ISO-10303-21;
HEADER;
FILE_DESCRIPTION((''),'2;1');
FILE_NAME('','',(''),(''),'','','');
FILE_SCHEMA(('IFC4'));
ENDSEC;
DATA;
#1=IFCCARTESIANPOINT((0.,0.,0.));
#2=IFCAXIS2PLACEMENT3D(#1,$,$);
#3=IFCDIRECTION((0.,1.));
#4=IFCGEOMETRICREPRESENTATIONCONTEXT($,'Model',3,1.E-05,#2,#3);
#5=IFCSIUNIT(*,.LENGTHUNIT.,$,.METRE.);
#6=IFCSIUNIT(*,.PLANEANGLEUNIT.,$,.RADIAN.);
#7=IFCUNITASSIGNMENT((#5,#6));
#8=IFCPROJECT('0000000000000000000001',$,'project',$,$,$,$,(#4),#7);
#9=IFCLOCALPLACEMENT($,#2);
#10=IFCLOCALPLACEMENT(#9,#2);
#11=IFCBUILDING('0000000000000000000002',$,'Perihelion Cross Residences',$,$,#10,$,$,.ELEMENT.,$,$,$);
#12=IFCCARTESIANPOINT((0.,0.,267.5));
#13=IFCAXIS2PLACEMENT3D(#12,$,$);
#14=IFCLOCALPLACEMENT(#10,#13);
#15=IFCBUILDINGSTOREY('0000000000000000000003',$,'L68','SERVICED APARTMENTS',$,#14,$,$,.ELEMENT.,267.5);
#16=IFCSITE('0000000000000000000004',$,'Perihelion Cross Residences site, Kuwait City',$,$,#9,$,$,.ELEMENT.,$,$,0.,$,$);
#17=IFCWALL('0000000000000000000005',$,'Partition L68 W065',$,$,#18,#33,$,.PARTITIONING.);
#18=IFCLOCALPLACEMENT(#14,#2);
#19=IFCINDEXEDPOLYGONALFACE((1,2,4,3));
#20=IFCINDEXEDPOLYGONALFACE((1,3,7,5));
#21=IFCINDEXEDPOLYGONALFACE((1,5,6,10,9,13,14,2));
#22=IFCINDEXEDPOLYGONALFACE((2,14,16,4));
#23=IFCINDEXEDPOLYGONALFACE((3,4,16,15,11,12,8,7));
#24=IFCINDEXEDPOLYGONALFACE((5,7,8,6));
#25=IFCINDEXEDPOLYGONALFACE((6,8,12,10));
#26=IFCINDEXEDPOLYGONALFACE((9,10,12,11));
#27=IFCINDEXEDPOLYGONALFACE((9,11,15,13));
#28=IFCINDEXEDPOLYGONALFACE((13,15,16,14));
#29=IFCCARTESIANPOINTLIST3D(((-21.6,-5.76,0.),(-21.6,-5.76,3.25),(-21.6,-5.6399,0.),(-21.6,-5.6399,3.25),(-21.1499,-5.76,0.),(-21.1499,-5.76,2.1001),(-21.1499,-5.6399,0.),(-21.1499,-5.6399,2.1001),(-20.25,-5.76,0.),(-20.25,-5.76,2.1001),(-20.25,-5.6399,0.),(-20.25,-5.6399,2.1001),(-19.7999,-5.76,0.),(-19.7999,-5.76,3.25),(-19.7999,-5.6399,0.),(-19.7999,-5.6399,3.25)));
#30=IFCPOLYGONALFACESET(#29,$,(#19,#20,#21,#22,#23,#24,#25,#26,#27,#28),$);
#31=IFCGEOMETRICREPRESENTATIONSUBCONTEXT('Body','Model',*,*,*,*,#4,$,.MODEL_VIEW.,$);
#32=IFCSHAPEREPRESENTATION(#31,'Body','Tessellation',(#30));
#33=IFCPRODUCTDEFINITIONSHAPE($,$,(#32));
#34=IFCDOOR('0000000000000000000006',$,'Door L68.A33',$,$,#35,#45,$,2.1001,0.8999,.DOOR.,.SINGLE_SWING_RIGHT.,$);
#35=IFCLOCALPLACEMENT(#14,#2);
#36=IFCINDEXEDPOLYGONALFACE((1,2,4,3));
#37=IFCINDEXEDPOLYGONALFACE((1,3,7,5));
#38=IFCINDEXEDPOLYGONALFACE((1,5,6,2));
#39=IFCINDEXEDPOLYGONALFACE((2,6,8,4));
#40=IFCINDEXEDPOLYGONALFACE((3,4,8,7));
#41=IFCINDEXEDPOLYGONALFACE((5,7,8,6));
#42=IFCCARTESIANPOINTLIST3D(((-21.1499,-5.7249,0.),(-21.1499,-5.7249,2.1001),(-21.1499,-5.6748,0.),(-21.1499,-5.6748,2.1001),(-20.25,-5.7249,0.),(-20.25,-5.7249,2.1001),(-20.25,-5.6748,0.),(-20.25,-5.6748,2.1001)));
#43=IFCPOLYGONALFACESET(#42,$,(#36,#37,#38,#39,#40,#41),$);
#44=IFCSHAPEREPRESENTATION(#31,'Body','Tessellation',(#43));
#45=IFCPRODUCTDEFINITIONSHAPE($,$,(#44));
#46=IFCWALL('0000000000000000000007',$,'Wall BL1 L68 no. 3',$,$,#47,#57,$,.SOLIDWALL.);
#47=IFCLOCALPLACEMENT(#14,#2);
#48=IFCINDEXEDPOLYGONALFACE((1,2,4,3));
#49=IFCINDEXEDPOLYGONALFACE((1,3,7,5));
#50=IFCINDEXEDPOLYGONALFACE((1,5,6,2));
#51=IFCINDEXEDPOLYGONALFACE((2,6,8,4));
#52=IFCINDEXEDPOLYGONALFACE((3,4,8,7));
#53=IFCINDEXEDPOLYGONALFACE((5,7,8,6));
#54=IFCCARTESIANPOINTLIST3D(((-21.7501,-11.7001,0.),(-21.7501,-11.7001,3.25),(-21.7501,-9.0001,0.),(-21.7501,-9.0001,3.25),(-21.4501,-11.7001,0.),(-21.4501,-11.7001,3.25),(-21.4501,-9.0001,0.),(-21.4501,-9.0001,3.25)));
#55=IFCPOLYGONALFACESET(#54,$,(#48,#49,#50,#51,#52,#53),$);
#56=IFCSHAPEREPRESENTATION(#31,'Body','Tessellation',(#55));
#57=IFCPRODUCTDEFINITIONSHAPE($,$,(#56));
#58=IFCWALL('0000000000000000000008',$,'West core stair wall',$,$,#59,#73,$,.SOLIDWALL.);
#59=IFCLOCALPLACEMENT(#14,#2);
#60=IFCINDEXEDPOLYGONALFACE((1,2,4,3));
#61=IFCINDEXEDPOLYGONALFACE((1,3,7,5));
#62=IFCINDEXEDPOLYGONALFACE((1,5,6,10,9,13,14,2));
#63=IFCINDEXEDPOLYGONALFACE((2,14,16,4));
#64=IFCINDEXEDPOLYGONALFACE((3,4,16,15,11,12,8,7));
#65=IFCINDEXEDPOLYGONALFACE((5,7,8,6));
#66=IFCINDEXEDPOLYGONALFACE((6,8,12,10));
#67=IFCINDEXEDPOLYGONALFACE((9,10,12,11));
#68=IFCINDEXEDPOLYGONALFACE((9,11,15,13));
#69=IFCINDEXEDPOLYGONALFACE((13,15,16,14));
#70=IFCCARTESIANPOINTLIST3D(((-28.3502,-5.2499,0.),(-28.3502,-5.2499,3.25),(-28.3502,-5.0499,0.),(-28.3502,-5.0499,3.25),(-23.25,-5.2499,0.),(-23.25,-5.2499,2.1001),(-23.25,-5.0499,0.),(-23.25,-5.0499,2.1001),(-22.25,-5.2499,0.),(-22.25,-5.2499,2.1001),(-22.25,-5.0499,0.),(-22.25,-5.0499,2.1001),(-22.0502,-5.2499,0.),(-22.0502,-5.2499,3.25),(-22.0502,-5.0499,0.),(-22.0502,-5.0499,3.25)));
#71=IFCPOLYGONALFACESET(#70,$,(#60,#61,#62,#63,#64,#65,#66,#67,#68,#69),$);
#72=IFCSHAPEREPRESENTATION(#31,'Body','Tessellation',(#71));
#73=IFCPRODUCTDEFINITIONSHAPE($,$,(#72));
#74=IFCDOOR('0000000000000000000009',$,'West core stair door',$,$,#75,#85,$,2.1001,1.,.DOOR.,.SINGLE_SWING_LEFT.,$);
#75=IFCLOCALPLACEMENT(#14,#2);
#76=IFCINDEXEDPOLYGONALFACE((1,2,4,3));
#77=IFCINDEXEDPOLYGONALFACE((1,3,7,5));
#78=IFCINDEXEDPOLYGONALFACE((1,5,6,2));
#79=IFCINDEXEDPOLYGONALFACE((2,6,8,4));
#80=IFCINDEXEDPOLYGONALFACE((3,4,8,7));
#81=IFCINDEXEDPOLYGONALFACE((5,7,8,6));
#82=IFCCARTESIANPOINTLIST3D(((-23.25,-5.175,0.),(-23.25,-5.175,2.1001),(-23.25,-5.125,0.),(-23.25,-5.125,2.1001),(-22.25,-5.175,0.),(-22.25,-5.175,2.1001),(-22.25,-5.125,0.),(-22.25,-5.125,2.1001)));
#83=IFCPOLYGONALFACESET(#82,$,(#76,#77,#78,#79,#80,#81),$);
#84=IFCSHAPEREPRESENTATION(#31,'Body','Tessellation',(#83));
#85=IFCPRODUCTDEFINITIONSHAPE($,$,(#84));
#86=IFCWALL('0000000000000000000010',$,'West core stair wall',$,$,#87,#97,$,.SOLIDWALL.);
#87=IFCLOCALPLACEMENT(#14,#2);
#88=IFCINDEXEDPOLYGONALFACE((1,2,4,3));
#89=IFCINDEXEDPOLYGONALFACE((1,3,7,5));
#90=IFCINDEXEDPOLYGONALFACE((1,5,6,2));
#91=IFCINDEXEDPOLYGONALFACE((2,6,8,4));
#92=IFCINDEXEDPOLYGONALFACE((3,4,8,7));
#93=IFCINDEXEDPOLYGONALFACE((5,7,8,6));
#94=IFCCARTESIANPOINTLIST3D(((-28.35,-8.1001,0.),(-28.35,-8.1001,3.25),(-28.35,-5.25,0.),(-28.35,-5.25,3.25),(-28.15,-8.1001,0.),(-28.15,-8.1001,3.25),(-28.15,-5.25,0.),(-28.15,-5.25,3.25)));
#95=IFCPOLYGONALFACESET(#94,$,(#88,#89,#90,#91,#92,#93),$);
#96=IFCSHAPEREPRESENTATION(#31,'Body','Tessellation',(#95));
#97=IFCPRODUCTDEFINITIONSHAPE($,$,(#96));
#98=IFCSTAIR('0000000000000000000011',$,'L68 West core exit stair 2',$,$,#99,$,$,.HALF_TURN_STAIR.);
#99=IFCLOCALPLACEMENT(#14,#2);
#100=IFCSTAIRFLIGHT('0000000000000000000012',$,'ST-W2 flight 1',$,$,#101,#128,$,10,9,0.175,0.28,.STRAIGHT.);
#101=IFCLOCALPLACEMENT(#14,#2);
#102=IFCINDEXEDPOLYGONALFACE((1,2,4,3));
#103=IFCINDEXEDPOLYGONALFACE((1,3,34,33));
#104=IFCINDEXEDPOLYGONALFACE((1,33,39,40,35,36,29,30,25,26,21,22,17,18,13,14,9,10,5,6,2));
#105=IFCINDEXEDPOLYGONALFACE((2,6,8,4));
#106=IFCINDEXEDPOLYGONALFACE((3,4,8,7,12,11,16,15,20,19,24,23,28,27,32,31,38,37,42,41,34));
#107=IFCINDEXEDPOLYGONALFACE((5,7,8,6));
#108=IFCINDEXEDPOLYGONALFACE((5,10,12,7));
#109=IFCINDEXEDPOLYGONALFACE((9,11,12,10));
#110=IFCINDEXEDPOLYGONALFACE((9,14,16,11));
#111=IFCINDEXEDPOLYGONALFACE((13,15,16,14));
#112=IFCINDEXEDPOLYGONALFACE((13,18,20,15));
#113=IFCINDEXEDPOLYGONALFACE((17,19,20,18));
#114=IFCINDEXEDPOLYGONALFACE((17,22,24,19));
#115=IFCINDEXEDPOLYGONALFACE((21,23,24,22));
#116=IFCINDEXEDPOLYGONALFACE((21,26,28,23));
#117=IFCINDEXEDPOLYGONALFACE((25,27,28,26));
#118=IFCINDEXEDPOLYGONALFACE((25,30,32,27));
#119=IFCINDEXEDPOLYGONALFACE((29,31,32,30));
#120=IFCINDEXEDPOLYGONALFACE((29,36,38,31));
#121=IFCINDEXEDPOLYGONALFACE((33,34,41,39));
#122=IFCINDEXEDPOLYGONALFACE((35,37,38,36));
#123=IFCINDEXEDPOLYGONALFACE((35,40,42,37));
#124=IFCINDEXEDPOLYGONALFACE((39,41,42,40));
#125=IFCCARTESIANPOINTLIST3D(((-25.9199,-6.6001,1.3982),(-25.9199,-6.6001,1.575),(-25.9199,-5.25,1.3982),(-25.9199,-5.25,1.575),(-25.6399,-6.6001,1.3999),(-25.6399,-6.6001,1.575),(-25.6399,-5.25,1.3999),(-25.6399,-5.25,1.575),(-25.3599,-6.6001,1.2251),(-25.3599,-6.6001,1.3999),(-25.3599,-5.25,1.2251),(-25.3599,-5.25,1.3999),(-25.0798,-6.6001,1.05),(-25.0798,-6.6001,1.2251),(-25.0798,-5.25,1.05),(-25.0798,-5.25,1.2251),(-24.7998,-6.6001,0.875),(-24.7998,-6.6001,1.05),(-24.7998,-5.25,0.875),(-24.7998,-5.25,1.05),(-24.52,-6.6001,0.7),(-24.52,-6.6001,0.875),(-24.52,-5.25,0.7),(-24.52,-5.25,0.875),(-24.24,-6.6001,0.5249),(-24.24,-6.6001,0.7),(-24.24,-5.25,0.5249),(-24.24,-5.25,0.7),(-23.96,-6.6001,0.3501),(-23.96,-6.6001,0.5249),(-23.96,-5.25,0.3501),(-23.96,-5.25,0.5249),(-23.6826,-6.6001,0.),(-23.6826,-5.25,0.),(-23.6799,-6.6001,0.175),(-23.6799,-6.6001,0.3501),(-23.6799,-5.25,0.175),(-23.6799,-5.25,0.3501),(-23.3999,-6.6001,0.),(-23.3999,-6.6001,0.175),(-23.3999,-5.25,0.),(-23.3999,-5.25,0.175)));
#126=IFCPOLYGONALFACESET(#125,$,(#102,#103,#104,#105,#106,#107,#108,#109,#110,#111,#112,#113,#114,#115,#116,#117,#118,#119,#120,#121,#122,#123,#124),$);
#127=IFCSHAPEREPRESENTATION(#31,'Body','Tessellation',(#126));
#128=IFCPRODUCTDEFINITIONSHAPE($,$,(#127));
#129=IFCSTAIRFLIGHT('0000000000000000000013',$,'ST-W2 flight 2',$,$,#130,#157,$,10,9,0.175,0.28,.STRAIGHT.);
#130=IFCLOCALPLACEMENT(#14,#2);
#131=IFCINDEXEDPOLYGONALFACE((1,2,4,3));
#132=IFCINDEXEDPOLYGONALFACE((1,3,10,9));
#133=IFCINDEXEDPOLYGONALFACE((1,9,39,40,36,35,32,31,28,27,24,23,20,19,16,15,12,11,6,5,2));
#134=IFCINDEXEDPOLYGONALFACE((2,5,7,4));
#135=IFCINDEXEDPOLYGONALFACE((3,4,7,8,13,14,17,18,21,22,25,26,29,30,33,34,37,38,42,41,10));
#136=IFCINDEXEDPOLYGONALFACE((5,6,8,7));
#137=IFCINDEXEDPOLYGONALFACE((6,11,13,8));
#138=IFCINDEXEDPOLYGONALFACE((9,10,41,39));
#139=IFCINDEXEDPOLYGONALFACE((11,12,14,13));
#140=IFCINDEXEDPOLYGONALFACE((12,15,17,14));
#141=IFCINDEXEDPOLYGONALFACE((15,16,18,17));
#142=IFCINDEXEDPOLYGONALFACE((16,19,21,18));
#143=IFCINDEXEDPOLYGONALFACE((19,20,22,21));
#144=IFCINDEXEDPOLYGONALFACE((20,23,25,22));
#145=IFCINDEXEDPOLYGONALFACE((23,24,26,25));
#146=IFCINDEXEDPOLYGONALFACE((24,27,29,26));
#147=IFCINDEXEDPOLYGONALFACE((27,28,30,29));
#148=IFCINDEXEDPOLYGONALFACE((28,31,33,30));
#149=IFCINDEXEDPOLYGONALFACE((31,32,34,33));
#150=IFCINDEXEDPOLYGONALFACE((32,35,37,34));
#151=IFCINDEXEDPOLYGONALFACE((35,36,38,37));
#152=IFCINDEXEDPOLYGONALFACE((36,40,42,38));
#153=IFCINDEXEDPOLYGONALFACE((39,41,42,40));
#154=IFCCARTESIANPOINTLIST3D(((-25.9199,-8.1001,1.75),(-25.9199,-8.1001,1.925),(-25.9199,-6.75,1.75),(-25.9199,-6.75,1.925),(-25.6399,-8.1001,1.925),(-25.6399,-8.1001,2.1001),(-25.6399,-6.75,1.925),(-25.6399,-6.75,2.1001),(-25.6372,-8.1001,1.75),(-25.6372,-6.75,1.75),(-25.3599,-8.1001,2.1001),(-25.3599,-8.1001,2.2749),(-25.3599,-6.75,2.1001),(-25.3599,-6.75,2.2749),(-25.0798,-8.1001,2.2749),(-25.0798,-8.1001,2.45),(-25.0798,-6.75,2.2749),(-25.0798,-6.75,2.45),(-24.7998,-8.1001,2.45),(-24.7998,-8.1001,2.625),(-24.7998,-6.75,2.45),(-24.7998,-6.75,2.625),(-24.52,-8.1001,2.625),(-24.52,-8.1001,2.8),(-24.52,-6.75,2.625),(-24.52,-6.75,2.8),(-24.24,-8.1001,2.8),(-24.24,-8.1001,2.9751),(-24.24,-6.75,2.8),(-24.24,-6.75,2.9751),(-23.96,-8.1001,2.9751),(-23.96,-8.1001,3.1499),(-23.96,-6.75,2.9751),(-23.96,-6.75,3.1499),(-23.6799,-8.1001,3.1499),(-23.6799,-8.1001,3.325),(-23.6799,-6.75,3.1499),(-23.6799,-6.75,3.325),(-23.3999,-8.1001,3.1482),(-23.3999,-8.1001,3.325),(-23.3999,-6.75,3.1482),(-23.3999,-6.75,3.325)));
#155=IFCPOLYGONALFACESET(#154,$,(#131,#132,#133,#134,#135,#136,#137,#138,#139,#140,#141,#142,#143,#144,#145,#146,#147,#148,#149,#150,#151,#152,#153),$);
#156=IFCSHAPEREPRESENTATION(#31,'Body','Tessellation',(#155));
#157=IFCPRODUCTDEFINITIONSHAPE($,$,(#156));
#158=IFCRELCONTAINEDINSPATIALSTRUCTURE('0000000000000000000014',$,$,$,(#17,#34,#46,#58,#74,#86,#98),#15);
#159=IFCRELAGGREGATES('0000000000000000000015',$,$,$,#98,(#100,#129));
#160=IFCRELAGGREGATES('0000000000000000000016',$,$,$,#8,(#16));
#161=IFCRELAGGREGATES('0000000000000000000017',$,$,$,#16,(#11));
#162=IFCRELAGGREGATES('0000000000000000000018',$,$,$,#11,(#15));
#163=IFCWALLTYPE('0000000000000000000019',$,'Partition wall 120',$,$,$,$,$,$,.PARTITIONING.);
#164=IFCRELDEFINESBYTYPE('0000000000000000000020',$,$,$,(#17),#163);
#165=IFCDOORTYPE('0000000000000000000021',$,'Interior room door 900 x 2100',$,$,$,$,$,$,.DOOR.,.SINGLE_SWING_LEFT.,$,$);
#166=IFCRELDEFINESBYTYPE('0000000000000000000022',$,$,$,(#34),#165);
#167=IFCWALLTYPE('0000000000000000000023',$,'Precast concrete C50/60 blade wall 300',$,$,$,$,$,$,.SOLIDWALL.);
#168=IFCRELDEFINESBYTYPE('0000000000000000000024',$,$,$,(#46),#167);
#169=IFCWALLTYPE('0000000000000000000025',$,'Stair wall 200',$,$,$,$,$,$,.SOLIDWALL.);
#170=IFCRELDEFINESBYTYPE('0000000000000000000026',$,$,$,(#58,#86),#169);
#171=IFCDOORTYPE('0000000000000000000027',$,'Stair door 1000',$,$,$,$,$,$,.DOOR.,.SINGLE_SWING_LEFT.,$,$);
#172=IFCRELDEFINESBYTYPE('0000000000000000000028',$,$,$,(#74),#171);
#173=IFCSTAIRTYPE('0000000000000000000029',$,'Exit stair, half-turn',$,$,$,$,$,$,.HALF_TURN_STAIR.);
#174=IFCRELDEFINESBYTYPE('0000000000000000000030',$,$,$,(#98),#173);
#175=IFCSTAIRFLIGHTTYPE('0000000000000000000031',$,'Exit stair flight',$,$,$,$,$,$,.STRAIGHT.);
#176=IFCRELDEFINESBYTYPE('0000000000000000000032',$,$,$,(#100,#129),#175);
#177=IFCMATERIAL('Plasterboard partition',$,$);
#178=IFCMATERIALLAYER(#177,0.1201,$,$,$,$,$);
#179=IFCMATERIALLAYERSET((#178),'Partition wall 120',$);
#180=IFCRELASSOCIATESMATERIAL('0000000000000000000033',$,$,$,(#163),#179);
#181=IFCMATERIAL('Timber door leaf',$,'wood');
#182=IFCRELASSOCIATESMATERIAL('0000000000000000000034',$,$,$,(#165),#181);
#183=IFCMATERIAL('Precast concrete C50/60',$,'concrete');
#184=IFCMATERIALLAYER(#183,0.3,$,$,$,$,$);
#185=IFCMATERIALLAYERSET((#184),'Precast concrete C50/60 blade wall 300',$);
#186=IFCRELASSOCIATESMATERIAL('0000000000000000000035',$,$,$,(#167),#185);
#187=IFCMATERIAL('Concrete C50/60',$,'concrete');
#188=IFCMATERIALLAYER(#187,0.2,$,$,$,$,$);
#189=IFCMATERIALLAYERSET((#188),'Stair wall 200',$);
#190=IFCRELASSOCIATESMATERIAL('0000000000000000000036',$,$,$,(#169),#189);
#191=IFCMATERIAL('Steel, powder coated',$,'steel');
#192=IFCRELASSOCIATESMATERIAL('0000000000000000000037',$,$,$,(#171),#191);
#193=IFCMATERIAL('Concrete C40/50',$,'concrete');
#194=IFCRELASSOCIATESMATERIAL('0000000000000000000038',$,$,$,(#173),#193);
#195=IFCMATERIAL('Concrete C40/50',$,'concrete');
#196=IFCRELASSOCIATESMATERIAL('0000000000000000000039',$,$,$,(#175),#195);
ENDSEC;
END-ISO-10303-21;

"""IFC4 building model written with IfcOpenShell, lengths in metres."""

from ifc_helpers import new_model, si_unit, direction, frame, frame_2d, origin, place, context, subcontext, project, spatial, polyline, rectangle, outline, extrude, material, layer, layer_set, type_object, element, fill, aggregate, save


model = new_model("IFC4")

# Units and contexts
model_context = context("Model", 3, precision=1e-05, world=origin(), true_north=direction((0.0, 1.0)))
body_context = subcontext(model_context, "Body", "Model", "MODEL_VIEW")
ifc_project = project(units=[si_unit("LENGTHUNIT", "METRE"), si_unit("PLANEANGLEUNIT", "RADIAN")], contexts=[model_context])

# Site, building, storey
site_placement = place(None, origin())
site = spatial("IfcSite", under=ifc_project, at=site_placement, Name="Perihelion Cross Residences site, Kuwait City", CompositionType="ELEMENT", RefElevation=0.0)
building_placement = place(site_placement, origin())
building = spatial("IfcBuilding", under=site, at=building_placement, Name="Perihelion Cross Residences", CompositionType="ELEMENT")
storey_placement = place(building_placement, frame((0.0, 0.0, 267.5)))
storey = spatial("IfcBuildingStorey", under=building, at=storey_placement, Name="L68", Description="SERVICED APARTMENTS", CompositionType="ELEMENT", Elevation=267.5)

# Wall, opening, door
ifc_material_1 = material(Name="Plasterboard partition")
ifc_layer_1 = layer(ifc_material_1, 0.1201)
ifc_layer_set_1 = layer_set([ifc_layer_1], Name="Partition wall 120")
wall_type_1 = type_object("IfcWallType", Name="Partition wall 120", PredefinedType="PARTITIONING", material=ifc_layer_set_1)
wall_1_placement = place(storey_placement, frame((-19.8, -5.7, 0.0), z_axis=(0.0, 0.0, 1.0), x_axis=(-1.0, 0.0, 0.0)))
wall_1 = element("IfcWall", 1, at=wall_1_placement, inside=storey, type_object=wall_type_1, Name="Partition L68 W065", PredefinedType="PARTITIONING", context=body_context, shape_type="SweptSolid", body=[
    extrude(rectangle(XDim=1.8, YDim=0.1201, at=frame_2d((0.8999, 0.0))), origin(), (0.0, 0.0, 1.0), 3.25),
])
opening_1_placement = place(wall_1_placement, frame((0.45, 0.0, 0.0)))
opening_1 = element("IfcOpeningElement", 2, at=opening_1_placement, cuts=wall_1, PredefinedType="OPENING", context=body_context, shape_type="SweptSolid", body=[
    extrude(rectangle(XDim=0.8999, YDim=2.1001, at=frame_2d((0.45, 1.05))), frame((0.0, 0.0701, 0.0), z_axis=(0.0, -1.0, 0.0), x_axis=(1.0, 0.0, 0.0)), (0.0, 0.0, 1.0), 0.1401),
])
ifc_material_2 = material(Name="Timber door leaf", Category="wood")
door_type_1 = type_object("IfcDoorType", Name="Interior room door 900 x 2100", OperationType="SINGLE_SWING_LEFT", PredefinedType="DOOR", material=ifc_material_2)
door_1_placement = place(opening_1_placement, origin())
door_1 = element("IfcDoor", 3, at=door_1_placement, inside=storey, type_object=door_type_1, Name="Door L68.A33", OperationType="SINGLE_SWING_RIGHT", OverallHeight=2.1001, OverallWidth=0.8999, PredefinedType="DOOR", context=body_context, shape_type="SweptSolid", body=[
    extrude(rectangle(XDim=0.8999, YDim=2.1001, at=frame_2d((0.45, 1.05))), frame((0.0, 0.0249, 0.0), z_axis=(0.0, -1.0, 0.0), x_axis=(1.0, 0.0, 0.0)), (0.0, 0.0, 1.0), 0.05),
])
fill(opening_1, door_1)

# Wall
ifc_material_3 = material(Name="Precast concrete C50/60", Category="concrete")
ifc_layer_2 = layer(ifc_material_3, 0.3)
ifc_layer_set_2 = layer_set([ifc_layer_2], Name="Precast concrete C50/60 blade wall 300")
wall_type_2 = type_object("IfcWallType", Name="Precast concrete C50/60 blade wall 300", PredefinedType="SOLIDWALL", material=ifc_layer_set_2)
wall_2_placement = place(storey_placement, frame((-21.6001, -9.0, 0.0), z_axis=(0.0, 0.0, 1.0), x_axis=(0.0, -1.0, 0.0)))
element("IfcWall", 4, at=wall_2_placement, inside=storey, type_object=wall_type_2, Name="Wall BL1 L68 no. 3", PredefinedType="SOLIDWALL", context=body_context, shape_type="SweptSolid", body=[
    extrude(rectangle(XDim=2.7, YDim=0.3, at=frame_2d((1.3501, 0.0))), origin(), (0.0, 0.0, 1.0), 3.25),
])

# Wall, opening, door
ifc_material_4 = material(Name="Concrete C50/60", Category="concrete")
ifc_layer_3 = layer(ifc_material_4, 0.2)
ifc_layer_set_3 = layer_set([ifc_layer_3], Name="Stair wall 200")
wall_type_3 = type_object("IfcWallType", Name="Stair wall 200", PredefinedType="SOLIDWALL", material=ifc_layer_set_3)
wall_3_placement = place(storey_placement, frame((-28.3501, -5.1499, 0.0), z_axis=(0.0, 0.0, 1.0), x_axis=(1.0, 0.0, 0.0)))
wall_3 = element("IfcWall", 5, at=wall_3_placement, inside=storey, type_object=wall_type_3, Name="West core stair wall", PredefinedType="SOLIDWALL", context=body_context, shape_type="SweptSolid", body=[
    extrude(rectangle(XDim=6.3, YDim=0.2, at=frame_2d((3.1499, 0.0))), origin(), (0.0, 0.0, 1.0), 3.25),
])
opening_2_placement = place(wall_3_placement, frame((5.1001, 0.0, 0.0)))
opening_2 = element("IfcOpeningElement", 6, at=opening_2_placement, cuts=wall_3, PredefinedType="OPENING", context=body_context, shape_type="SweptSolid", body=[
    extrude(rectangle(XDim=1.0, YDim=2.1001, at=frame_2d((0.5, 1.05))), frame((0.0, 0.1099, 0.0), z_axis=(0.0, -1.0, 0.0), x_axis=(1.0, 0.0, 0.0)), (0.0, 0.0, 1.0), 0.22),
])
ifc_material_5 = material(Name="Steel, powder coated", Category="steel")
door_type_2 = type_object("IfcDoorType", Name="Stair door 1000", OperationType="SINGLE_SWING_LEFT", PredefinedType="DOOR", material=ifc_material_5)
door_2_placement = place(opening_2_placement, origin())
door_2 = element("IfcDoor", 7, at=door_2_placement, inside=storey, type_object=door_type_2, Name="West core stair door", OperationType="SINGLE_SWING_LEFT", OverallHeight=2.1001, OverallWidth=1.0, PredefinedType="DOOR", context=body_context, shape_type="SweptSolid", body=[
    extrude(rectangle(XDim=1.0, YDim=2.1001, at=frame_2d((0.5, 1.05))), frame((0.0, 0.0249, 0.0), z_axis=(0.0, -1.0, 0.0), x_axis=(1.0, 0.0, 0.0)), (0.0, 0.0, 1.0), 0.05),
])
fill(opening_2, door_2)

# Wall
wall_4_placement = place(storey_placement, frame((-28.25, -8.1001, 0.0), z_axis=(0.0, 0.0, 1.0), x_axis=(0.0, 1.0, 0.0)))
element("IfcWall", 8, at=wall_4_placement, inside=storey, type_object=wall_type_3, Name="West core stair wall", PredefinedType="SOLIDWALL", context=body_context, shape_type="SweptSolid", body=[
    extrude(rectangle(XDim=2.8501, YDim=0.2, at=frame_2d((1.425, 0.0))), origin(), (0.0, 0.0, 1.0), 3.25),
])

# Stair, stair flights
ifc_material_6 = material(Name="Concrete C40/50", Category="concrete")
stair_type = type_object("IfcStairType", Name="Exit stair, half-turn", PredefinedType="HALF_TURN_STAIR", material=ifc_material_6)
stair_placement = place(storey_placement, origin())
stair = element("IfcStair", 9, at=stair_placement, inside=storey, type_object=stair_type, Name="L68 West core exit stair 2", PredefinedType="HALF_TURN_STAIR")
ifc_material_7 = material(Name="Concrete C40/50", Category="concrete")
stair_flight_type = type_object("IfcStairFlightType", Name="Exit stair flight", PredefinedType="STRAIGHT", material=ifc_material_7)
stair_flight_1_placement = place(storey_placement, frame((-23.3999, -5.925, 0.0), z_axis=(0.0, 0.0, 1.0), x_axis=(-1.0, 0.0, 0.0)))
stair_flight_1 = element("IfcStairFlight", 10, at=stair_flight_1_placement, type_object=stair_flight_type, Name="ST-W2 flight 1", NumberOfRisers=10, NumberOfTreads=9, PredefinedType="STRAIGHT", RiserHeight=0.175, TreadLength=0.28, context=body_context, shape_type="SweptSolid", body=[
    extrude(outline(polyline([(0.0, 0.0), (0.0, 0.175), (0.28, 0.175), (0.28, 0.3501), (0.5601, 0.3501), (0.5601, 0.5249), (0.8401, 0.5249), (0.8401, 0.7), (1.1201, 0.7), (1.1201, 0.875), (1.3999, 0.875), (1.3999, 1.05), (1.6799, 1.05), (1.6799, 1.2251), (1.96, 1.2251), (1.96, 1.3999), (2.24, 1.3999), (2.24, 1.575), (2.52, 1.575), (2.52, 1.75), (2.52, 1.3982), (0.2827, 0.0), (0.0, 0.0)])), frame((0.0, 0.675, 0.0), z_axis=(0.0, -1.0, 0.0), x_axis=(1.0, 0.0, 0.0)), (0.0, 0.0, 1.0), 1.3501),
])
stair_flight_2_placement = place(storey_placement, frame((-25.9199, -7.425, 1.75), z_axis=(0.0, 0.0, 1.0), x_axis=(1.0, 0.0, 0.0)))
stair_flight_2 = element("IfcStairFlight", 11, at=stair_flight_2_placement, type_object=stair_flight_type, Name="ST-W2 flight 2", NumberOfRisers=10, NumberOfTreads=9, PredefinedType="STRAIGHT", RiserHeight=0.175, TreadLength=0.28, context=body_context, shape_type="SweptSolid", body=[
    extrude(outline(polyline([(0.0, 0.0), (0.0, 0.175), (0.28, 0.175), (0.28, 0.3501), (0.5601, 0.3501), (0.5601, 0.5249), (0.8401, 0.5249), (0.8401, 0.7), (1.1201, 0.7), (1.1201, 0.875), (1.3999, 0.875), (1.3999, 1.05), (1.6799, 1.05), (1.6799, 1.2251), (1.96, 1.2251), (1.96, 1.3999), (2.24, 1.3999), (2.24, 1.575), (2.52, 1.575), (2.52, 1.75), (2.52, 1.3982), (0.2827, 0.0), (0.0, 0.0)])), frame((0.0, 0.675, 0.0), z_axis=(0.0, -1.0, 0.0), x_axis=(1.0, 0.0, 0.0)), (0.0, 0.0, 1.0), 1.3501),
])
aggregate(stair, [stair_flight_1, stair_flight_2])

save(model, "model.ifc")
